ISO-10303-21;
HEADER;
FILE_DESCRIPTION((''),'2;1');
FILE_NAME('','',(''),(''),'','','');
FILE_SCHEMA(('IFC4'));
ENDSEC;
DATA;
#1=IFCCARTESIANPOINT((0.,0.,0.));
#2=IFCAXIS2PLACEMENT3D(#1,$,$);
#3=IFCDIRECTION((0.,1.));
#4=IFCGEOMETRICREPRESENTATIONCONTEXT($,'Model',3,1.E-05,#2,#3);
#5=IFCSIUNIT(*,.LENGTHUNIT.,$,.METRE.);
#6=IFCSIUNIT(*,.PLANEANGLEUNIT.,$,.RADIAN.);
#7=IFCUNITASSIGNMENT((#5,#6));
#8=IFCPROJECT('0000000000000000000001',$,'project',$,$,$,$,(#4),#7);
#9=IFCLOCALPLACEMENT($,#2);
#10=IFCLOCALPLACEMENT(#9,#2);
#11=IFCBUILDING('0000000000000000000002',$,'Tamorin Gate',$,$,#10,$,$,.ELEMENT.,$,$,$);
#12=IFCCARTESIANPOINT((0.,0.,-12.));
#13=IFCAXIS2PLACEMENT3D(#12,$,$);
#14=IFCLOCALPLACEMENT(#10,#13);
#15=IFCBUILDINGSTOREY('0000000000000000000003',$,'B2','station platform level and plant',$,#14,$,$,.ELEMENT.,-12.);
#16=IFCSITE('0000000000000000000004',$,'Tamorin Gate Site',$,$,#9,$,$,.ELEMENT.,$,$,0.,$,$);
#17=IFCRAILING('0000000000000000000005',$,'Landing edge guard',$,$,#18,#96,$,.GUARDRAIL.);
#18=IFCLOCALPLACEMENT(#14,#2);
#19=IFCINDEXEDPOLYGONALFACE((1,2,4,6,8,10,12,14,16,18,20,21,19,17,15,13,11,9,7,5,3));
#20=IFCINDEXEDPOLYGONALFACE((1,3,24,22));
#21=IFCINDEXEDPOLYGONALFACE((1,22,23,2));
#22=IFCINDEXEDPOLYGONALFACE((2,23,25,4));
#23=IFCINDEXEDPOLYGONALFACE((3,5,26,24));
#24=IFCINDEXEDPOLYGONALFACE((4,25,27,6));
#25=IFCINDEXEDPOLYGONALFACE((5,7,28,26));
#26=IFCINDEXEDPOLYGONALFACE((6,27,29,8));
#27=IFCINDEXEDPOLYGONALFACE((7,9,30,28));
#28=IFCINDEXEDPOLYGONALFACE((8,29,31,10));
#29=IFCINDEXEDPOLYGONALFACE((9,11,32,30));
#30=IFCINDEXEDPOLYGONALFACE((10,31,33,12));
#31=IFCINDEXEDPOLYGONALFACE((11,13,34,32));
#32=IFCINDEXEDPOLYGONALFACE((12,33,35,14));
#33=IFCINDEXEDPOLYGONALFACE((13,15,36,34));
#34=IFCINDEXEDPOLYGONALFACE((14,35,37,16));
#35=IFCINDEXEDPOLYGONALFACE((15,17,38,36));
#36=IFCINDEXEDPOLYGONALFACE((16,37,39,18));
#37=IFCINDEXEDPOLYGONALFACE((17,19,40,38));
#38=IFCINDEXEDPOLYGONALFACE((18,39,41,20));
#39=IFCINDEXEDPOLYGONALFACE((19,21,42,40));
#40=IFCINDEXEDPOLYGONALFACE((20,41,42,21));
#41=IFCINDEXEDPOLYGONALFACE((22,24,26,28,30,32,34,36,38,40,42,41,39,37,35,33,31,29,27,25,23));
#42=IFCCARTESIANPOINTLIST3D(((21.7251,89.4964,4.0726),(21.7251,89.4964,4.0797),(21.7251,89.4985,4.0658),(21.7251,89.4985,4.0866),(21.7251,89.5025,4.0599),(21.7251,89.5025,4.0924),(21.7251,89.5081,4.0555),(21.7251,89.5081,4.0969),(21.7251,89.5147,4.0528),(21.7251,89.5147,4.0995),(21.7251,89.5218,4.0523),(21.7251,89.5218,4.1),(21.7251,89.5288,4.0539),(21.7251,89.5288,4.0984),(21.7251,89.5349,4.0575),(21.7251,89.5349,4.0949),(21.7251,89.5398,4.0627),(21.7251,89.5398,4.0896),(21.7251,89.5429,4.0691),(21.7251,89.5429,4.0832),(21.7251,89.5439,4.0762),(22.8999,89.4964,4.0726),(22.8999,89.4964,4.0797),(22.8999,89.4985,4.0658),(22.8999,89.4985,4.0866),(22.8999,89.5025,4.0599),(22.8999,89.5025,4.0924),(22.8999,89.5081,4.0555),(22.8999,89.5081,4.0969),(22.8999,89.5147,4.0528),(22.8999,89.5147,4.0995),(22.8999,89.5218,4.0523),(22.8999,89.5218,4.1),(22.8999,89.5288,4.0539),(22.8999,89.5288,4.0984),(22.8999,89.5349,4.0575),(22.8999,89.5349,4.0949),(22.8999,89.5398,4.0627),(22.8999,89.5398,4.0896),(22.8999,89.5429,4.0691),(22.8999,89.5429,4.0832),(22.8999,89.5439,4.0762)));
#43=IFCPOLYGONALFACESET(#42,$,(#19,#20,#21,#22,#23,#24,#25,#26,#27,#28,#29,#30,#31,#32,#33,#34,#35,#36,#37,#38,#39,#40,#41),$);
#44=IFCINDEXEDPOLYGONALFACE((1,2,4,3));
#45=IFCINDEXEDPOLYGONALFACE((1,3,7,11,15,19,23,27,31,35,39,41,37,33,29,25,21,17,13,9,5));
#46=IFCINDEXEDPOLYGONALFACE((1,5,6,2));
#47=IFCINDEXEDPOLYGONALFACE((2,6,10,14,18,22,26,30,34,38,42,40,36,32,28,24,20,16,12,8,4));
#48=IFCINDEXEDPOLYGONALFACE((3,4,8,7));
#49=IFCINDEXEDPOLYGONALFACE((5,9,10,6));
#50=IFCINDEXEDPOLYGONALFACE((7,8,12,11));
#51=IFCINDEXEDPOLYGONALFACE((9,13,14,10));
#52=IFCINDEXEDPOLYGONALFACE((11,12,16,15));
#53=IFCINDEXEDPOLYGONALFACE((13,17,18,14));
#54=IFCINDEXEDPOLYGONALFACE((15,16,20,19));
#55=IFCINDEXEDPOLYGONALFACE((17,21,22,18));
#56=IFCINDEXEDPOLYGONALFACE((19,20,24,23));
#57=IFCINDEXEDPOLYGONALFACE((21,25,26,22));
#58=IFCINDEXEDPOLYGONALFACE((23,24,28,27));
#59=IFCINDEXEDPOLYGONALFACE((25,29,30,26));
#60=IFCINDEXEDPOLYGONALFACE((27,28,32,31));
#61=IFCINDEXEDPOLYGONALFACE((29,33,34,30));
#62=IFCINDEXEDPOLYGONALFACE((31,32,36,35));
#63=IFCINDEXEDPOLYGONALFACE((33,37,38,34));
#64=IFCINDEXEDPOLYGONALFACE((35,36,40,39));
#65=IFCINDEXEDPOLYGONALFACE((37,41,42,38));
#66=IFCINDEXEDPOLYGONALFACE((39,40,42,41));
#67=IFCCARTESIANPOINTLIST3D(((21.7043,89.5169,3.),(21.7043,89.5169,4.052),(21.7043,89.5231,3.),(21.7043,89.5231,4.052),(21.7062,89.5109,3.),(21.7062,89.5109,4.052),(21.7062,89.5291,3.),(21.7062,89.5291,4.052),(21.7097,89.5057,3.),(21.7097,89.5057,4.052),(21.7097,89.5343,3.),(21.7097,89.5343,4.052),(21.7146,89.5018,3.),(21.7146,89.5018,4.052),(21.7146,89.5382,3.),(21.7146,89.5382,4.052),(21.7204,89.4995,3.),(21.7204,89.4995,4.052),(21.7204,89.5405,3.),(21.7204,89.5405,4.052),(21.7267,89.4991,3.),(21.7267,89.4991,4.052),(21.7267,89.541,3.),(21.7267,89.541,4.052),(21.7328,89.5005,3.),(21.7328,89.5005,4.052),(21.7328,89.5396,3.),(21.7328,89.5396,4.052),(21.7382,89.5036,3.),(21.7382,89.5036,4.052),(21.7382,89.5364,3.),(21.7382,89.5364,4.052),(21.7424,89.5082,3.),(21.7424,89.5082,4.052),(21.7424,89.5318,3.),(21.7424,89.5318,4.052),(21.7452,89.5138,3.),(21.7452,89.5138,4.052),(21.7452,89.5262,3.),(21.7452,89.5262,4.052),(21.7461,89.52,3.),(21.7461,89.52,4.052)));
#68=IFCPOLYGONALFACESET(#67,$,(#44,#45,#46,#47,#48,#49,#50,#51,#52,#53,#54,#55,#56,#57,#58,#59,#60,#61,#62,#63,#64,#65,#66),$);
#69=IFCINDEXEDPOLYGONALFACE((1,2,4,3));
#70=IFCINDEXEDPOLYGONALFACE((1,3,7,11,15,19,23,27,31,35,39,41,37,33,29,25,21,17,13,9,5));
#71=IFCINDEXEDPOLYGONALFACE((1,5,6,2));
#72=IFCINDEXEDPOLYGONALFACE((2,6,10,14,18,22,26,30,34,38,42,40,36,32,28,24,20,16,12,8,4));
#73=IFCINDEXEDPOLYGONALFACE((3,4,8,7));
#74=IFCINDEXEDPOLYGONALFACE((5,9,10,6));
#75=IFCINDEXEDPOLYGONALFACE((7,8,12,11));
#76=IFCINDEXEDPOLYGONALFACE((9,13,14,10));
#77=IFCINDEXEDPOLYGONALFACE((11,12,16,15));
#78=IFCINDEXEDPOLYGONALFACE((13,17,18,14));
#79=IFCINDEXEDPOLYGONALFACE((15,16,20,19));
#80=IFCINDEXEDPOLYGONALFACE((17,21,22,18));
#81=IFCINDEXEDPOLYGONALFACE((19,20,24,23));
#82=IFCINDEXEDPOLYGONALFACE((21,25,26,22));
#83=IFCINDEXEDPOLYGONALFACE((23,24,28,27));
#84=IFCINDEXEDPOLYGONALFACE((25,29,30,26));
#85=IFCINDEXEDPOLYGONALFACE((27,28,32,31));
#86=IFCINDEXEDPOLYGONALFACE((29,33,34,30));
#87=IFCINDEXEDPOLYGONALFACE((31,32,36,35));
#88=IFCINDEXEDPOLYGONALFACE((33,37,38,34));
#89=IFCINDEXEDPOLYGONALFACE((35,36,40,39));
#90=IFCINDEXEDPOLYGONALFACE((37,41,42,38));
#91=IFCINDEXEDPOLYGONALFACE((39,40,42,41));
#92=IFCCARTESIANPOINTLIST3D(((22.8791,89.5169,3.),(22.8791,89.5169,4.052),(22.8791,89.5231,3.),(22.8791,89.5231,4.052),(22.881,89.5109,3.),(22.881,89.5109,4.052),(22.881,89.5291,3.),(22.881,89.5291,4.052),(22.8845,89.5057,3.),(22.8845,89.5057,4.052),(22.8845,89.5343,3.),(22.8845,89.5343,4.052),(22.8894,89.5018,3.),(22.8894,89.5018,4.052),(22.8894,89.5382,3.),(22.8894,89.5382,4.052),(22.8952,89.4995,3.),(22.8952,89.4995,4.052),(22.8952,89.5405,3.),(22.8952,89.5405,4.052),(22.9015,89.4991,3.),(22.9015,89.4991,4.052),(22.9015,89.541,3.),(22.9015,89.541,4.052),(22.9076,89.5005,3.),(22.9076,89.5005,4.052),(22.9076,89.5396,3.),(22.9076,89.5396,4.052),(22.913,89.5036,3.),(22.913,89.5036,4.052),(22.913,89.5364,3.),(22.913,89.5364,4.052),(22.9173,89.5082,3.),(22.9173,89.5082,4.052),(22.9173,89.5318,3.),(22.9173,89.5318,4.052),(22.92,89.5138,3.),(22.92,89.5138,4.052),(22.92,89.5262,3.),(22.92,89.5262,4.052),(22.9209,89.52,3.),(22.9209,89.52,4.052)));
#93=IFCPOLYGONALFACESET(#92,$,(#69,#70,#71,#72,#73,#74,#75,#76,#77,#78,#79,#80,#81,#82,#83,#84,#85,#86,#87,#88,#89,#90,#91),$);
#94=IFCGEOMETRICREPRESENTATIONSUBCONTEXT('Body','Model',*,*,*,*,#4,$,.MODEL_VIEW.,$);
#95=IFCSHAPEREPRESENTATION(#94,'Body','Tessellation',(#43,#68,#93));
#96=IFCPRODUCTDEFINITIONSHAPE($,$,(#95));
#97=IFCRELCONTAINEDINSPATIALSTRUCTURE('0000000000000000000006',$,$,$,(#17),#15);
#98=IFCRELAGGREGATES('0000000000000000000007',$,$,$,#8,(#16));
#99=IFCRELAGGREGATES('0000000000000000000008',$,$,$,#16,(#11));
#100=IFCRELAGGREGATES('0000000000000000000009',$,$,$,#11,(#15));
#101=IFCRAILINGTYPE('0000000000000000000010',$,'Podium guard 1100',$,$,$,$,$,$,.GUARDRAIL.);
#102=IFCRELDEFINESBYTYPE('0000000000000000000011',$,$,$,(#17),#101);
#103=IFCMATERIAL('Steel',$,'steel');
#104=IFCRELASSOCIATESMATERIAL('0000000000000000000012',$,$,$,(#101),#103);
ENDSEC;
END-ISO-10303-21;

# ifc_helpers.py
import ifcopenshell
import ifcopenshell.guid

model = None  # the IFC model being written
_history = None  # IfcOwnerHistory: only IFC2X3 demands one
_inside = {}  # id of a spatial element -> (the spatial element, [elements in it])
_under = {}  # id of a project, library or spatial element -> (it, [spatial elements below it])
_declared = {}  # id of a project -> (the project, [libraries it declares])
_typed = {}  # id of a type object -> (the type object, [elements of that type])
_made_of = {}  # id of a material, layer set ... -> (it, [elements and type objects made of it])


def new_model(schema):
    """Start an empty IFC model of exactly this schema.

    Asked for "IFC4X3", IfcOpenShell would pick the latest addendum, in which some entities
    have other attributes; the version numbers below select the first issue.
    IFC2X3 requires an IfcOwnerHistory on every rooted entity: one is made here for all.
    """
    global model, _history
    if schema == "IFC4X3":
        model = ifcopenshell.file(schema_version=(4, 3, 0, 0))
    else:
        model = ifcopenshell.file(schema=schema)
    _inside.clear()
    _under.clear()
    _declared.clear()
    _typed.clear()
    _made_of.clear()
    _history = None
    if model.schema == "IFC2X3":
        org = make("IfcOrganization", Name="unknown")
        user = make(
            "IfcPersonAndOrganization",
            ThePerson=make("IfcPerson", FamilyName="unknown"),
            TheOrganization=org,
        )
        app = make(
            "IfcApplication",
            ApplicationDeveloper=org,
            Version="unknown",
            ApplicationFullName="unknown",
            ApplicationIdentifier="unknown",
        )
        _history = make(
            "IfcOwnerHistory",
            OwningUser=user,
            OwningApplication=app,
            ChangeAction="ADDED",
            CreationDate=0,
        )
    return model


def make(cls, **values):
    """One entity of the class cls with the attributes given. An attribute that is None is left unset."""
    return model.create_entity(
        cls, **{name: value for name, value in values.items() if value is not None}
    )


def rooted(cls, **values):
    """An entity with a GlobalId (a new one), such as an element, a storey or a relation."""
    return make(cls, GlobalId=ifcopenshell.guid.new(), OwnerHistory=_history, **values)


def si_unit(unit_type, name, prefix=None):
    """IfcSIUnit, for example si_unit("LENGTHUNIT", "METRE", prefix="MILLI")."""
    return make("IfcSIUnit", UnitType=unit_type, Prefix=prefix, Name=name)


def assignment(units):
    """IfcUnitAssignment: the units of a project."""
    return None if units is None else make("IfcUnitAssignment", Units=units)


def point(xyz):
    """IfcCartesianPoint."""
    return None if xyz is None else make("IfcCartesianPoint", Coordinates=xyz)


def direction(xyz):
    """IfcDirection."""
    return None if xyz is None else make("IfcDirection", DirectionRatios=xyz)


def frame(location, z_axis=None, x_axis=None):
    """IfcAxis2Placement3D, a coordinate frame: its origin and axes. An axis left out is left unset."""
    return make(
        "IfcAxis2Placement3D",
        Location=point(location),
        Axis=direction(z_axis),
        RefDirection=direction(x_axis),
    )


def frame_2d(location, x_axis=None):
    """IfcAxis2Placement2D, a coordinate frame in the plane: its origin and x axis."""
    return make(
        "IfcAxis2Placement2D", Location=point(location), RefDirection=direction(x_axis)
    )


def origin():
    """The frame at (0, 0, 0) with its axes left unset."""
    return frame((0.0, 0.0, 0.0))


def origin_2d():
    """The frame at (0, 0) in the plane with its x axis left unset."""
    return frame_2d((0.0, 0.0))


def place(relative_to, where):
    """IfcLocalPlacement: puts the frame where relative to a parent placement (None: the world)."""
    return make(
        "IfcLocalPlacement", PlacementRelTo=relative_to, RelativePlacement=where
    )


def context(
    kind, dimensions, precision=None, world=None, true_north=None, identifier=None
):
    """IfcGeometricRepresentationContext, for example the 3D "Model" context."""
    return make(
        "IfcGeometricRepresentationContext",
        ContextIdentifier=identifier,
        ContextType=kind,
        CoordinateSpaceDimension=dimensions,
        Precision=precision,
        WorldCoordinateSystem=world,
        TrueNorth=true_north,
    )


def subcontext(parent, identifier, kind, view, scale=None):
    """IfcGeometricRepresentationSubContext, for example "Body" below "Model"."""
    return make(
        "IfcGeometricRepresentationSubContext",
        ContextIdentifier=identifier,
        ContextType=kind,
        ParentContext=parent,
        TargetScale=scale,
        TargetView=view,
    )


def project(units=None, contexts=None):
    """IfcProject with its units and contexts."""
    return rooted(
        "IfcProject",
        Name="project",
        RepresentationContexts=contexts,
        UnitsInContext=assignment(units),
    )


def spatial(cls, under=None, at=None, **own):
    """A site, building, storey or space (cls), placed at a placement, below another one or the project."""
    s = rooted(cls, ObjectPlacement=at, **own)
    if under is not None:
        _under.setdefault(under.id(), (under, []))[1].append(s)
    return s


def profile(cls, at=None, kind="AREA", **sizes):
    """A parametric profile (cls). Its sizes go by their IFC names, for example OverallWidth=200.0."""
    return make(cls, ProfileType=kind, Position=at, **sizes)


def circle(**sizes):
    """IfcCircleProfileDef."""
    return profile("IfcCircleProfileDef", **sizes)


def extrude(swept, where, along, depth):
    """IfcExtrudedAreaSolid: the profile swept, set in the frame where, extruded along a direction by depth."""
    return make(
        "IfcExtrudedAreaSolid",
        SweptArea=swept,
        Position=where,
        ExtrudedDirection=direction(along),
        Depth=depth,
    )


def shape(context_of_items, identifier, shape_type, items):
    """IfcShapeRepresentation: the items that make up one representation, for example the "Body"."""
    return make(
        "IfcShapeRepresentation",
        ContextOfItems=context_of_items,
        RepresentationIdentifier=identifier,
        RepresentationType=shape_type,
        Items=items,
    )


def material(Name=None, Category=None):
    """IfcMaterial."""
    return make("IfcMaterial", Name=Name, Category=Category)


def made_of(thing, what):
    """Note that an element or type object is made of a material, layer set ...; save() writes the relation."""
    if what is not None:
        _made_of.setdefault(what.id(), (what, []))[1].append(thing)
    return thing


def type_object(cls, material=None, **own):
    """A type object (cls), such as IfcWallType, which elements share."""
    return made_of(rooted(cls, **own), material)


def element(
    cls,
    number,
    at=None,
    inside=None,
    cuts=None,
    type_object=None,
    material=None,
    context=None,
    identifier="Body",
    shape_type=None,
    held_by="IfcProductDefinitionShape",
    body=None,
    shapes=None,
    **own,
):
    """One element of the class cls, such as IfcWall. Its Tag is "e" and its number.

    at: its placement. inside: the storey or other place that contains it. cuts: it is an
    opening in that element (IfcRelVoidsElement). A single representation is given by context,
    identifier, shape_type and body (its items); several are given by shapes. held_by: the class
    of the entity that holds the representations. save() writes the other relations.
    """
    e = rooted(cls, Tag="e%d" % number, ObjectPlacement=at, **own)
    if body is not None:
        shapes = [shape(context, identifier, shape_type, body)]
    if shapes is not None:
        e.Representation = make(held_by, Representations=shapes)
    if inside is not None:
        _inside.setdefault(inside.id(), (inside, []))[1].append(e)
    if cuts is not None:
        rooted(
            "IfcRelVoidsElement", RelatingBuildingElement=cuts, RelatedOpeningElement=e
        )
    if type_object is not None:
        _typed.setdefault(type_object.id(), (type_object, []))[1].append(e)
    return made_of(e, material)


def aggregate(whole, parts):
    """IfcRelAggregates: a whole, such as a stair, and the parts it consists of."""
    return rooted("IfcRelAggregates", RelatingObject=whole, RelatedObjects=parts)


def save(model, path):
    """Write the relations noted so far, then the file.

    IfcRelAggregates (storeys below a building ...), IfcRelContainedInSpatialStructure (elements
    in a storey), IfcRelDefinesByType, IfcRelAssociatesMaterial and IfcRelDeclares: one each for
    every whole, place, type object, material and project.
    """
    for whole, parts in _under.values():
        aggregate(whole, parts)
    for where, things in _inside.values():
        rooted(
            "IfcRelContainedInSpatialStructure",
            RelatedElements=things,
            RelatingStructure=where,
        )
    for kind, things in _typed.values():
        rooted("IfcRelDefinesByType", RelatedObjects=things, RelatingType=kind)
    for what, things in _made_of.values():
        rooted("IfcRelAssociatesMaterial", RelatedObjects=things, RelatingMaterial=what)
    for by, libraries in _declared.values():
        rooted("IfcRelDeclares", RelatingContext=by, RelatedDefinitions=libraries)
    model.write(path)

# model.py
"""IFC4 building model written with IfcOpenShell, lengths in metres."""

from ifc_helpers import new_model, si_unit, direction, frame, origin, origin_2d, place, context, subcontext, project, spatial, circle, extrude, material, type_object, element, save


model = new_model("IFC4")

# Units and contexts
model_context = context("Model", 3, precision=1e-05, world=origin(), true_north=direction((0.0, 1.0)))
body_context = subcontext(model_context, "Body", "Model", "MODEL_VIEW")
ifc_project = project(units=[si_unit("LENGTHUNIT", "METRE"), si_unit("PLANEANGLEUNIT", "RADIAN")], contexts=[model_context])

# Site, building, storey
site_placement = place(None, origin())
site = spatial("IfcSite", under=ifc_project, at=site_placement, Name="Tamorin Gate Site", CompositionType="ELEMENT", RefElevation=0.0)
building_placement = place(site_placement, origin())
building = spatial("IfcBuilding", under=site, at=building_placement, Name="Tamorin Gate", CompositionType="ELEMENT")
storey_placement = place(building_placement, frame((0.0, 0.0, -12.0)))
storey = spatial("IfcBuildingStorey", under=building, at=storey_placement, Name="B2", Description="station platform level and plant", CompositionType="ELEMENT", Elevation=-12.0)

# Railing
ifc_material_1 = material(Name="Steel", Category="steel")
railing_type_1 = type_object("IfcRailingType", Name="Podium guard 1100", PredefinedType="GUARDRAIL", material=ifc_material_1)
railing_1_placement = place(storey_placement, frame((21.7251, 89.52, 3.0)))
element("IfcRailing", 1, at=railing_1_placement, inside=storey, type_object=railing_type_1, Name="Landing edge guard", PredefinedType="GUARDRAIL", context=body_context, shape_type="SweptSolid", body=[
    extrude(circle(Radius=0.0239, at=origin_2d()), frame((0.0, 0.0, 1.0762), z_axis=(1.0, 0.0, 0.0), x_axis=(0.0, 1.0, 0.0)), (0.0, 0.0, 1.0), 1.1748),
    extrude(circle(Radius=0.021, at=origin_2d()), origin(), (0.0, 0.0, 1.0), 1.052),
    extrude(circle(Radius=0.021, at=origin_2d()), frame((1.1748, 0.0, 0.0)), (0.0, 0.0, 1.0), 1.052),
])

save(model, "model.ifc")
